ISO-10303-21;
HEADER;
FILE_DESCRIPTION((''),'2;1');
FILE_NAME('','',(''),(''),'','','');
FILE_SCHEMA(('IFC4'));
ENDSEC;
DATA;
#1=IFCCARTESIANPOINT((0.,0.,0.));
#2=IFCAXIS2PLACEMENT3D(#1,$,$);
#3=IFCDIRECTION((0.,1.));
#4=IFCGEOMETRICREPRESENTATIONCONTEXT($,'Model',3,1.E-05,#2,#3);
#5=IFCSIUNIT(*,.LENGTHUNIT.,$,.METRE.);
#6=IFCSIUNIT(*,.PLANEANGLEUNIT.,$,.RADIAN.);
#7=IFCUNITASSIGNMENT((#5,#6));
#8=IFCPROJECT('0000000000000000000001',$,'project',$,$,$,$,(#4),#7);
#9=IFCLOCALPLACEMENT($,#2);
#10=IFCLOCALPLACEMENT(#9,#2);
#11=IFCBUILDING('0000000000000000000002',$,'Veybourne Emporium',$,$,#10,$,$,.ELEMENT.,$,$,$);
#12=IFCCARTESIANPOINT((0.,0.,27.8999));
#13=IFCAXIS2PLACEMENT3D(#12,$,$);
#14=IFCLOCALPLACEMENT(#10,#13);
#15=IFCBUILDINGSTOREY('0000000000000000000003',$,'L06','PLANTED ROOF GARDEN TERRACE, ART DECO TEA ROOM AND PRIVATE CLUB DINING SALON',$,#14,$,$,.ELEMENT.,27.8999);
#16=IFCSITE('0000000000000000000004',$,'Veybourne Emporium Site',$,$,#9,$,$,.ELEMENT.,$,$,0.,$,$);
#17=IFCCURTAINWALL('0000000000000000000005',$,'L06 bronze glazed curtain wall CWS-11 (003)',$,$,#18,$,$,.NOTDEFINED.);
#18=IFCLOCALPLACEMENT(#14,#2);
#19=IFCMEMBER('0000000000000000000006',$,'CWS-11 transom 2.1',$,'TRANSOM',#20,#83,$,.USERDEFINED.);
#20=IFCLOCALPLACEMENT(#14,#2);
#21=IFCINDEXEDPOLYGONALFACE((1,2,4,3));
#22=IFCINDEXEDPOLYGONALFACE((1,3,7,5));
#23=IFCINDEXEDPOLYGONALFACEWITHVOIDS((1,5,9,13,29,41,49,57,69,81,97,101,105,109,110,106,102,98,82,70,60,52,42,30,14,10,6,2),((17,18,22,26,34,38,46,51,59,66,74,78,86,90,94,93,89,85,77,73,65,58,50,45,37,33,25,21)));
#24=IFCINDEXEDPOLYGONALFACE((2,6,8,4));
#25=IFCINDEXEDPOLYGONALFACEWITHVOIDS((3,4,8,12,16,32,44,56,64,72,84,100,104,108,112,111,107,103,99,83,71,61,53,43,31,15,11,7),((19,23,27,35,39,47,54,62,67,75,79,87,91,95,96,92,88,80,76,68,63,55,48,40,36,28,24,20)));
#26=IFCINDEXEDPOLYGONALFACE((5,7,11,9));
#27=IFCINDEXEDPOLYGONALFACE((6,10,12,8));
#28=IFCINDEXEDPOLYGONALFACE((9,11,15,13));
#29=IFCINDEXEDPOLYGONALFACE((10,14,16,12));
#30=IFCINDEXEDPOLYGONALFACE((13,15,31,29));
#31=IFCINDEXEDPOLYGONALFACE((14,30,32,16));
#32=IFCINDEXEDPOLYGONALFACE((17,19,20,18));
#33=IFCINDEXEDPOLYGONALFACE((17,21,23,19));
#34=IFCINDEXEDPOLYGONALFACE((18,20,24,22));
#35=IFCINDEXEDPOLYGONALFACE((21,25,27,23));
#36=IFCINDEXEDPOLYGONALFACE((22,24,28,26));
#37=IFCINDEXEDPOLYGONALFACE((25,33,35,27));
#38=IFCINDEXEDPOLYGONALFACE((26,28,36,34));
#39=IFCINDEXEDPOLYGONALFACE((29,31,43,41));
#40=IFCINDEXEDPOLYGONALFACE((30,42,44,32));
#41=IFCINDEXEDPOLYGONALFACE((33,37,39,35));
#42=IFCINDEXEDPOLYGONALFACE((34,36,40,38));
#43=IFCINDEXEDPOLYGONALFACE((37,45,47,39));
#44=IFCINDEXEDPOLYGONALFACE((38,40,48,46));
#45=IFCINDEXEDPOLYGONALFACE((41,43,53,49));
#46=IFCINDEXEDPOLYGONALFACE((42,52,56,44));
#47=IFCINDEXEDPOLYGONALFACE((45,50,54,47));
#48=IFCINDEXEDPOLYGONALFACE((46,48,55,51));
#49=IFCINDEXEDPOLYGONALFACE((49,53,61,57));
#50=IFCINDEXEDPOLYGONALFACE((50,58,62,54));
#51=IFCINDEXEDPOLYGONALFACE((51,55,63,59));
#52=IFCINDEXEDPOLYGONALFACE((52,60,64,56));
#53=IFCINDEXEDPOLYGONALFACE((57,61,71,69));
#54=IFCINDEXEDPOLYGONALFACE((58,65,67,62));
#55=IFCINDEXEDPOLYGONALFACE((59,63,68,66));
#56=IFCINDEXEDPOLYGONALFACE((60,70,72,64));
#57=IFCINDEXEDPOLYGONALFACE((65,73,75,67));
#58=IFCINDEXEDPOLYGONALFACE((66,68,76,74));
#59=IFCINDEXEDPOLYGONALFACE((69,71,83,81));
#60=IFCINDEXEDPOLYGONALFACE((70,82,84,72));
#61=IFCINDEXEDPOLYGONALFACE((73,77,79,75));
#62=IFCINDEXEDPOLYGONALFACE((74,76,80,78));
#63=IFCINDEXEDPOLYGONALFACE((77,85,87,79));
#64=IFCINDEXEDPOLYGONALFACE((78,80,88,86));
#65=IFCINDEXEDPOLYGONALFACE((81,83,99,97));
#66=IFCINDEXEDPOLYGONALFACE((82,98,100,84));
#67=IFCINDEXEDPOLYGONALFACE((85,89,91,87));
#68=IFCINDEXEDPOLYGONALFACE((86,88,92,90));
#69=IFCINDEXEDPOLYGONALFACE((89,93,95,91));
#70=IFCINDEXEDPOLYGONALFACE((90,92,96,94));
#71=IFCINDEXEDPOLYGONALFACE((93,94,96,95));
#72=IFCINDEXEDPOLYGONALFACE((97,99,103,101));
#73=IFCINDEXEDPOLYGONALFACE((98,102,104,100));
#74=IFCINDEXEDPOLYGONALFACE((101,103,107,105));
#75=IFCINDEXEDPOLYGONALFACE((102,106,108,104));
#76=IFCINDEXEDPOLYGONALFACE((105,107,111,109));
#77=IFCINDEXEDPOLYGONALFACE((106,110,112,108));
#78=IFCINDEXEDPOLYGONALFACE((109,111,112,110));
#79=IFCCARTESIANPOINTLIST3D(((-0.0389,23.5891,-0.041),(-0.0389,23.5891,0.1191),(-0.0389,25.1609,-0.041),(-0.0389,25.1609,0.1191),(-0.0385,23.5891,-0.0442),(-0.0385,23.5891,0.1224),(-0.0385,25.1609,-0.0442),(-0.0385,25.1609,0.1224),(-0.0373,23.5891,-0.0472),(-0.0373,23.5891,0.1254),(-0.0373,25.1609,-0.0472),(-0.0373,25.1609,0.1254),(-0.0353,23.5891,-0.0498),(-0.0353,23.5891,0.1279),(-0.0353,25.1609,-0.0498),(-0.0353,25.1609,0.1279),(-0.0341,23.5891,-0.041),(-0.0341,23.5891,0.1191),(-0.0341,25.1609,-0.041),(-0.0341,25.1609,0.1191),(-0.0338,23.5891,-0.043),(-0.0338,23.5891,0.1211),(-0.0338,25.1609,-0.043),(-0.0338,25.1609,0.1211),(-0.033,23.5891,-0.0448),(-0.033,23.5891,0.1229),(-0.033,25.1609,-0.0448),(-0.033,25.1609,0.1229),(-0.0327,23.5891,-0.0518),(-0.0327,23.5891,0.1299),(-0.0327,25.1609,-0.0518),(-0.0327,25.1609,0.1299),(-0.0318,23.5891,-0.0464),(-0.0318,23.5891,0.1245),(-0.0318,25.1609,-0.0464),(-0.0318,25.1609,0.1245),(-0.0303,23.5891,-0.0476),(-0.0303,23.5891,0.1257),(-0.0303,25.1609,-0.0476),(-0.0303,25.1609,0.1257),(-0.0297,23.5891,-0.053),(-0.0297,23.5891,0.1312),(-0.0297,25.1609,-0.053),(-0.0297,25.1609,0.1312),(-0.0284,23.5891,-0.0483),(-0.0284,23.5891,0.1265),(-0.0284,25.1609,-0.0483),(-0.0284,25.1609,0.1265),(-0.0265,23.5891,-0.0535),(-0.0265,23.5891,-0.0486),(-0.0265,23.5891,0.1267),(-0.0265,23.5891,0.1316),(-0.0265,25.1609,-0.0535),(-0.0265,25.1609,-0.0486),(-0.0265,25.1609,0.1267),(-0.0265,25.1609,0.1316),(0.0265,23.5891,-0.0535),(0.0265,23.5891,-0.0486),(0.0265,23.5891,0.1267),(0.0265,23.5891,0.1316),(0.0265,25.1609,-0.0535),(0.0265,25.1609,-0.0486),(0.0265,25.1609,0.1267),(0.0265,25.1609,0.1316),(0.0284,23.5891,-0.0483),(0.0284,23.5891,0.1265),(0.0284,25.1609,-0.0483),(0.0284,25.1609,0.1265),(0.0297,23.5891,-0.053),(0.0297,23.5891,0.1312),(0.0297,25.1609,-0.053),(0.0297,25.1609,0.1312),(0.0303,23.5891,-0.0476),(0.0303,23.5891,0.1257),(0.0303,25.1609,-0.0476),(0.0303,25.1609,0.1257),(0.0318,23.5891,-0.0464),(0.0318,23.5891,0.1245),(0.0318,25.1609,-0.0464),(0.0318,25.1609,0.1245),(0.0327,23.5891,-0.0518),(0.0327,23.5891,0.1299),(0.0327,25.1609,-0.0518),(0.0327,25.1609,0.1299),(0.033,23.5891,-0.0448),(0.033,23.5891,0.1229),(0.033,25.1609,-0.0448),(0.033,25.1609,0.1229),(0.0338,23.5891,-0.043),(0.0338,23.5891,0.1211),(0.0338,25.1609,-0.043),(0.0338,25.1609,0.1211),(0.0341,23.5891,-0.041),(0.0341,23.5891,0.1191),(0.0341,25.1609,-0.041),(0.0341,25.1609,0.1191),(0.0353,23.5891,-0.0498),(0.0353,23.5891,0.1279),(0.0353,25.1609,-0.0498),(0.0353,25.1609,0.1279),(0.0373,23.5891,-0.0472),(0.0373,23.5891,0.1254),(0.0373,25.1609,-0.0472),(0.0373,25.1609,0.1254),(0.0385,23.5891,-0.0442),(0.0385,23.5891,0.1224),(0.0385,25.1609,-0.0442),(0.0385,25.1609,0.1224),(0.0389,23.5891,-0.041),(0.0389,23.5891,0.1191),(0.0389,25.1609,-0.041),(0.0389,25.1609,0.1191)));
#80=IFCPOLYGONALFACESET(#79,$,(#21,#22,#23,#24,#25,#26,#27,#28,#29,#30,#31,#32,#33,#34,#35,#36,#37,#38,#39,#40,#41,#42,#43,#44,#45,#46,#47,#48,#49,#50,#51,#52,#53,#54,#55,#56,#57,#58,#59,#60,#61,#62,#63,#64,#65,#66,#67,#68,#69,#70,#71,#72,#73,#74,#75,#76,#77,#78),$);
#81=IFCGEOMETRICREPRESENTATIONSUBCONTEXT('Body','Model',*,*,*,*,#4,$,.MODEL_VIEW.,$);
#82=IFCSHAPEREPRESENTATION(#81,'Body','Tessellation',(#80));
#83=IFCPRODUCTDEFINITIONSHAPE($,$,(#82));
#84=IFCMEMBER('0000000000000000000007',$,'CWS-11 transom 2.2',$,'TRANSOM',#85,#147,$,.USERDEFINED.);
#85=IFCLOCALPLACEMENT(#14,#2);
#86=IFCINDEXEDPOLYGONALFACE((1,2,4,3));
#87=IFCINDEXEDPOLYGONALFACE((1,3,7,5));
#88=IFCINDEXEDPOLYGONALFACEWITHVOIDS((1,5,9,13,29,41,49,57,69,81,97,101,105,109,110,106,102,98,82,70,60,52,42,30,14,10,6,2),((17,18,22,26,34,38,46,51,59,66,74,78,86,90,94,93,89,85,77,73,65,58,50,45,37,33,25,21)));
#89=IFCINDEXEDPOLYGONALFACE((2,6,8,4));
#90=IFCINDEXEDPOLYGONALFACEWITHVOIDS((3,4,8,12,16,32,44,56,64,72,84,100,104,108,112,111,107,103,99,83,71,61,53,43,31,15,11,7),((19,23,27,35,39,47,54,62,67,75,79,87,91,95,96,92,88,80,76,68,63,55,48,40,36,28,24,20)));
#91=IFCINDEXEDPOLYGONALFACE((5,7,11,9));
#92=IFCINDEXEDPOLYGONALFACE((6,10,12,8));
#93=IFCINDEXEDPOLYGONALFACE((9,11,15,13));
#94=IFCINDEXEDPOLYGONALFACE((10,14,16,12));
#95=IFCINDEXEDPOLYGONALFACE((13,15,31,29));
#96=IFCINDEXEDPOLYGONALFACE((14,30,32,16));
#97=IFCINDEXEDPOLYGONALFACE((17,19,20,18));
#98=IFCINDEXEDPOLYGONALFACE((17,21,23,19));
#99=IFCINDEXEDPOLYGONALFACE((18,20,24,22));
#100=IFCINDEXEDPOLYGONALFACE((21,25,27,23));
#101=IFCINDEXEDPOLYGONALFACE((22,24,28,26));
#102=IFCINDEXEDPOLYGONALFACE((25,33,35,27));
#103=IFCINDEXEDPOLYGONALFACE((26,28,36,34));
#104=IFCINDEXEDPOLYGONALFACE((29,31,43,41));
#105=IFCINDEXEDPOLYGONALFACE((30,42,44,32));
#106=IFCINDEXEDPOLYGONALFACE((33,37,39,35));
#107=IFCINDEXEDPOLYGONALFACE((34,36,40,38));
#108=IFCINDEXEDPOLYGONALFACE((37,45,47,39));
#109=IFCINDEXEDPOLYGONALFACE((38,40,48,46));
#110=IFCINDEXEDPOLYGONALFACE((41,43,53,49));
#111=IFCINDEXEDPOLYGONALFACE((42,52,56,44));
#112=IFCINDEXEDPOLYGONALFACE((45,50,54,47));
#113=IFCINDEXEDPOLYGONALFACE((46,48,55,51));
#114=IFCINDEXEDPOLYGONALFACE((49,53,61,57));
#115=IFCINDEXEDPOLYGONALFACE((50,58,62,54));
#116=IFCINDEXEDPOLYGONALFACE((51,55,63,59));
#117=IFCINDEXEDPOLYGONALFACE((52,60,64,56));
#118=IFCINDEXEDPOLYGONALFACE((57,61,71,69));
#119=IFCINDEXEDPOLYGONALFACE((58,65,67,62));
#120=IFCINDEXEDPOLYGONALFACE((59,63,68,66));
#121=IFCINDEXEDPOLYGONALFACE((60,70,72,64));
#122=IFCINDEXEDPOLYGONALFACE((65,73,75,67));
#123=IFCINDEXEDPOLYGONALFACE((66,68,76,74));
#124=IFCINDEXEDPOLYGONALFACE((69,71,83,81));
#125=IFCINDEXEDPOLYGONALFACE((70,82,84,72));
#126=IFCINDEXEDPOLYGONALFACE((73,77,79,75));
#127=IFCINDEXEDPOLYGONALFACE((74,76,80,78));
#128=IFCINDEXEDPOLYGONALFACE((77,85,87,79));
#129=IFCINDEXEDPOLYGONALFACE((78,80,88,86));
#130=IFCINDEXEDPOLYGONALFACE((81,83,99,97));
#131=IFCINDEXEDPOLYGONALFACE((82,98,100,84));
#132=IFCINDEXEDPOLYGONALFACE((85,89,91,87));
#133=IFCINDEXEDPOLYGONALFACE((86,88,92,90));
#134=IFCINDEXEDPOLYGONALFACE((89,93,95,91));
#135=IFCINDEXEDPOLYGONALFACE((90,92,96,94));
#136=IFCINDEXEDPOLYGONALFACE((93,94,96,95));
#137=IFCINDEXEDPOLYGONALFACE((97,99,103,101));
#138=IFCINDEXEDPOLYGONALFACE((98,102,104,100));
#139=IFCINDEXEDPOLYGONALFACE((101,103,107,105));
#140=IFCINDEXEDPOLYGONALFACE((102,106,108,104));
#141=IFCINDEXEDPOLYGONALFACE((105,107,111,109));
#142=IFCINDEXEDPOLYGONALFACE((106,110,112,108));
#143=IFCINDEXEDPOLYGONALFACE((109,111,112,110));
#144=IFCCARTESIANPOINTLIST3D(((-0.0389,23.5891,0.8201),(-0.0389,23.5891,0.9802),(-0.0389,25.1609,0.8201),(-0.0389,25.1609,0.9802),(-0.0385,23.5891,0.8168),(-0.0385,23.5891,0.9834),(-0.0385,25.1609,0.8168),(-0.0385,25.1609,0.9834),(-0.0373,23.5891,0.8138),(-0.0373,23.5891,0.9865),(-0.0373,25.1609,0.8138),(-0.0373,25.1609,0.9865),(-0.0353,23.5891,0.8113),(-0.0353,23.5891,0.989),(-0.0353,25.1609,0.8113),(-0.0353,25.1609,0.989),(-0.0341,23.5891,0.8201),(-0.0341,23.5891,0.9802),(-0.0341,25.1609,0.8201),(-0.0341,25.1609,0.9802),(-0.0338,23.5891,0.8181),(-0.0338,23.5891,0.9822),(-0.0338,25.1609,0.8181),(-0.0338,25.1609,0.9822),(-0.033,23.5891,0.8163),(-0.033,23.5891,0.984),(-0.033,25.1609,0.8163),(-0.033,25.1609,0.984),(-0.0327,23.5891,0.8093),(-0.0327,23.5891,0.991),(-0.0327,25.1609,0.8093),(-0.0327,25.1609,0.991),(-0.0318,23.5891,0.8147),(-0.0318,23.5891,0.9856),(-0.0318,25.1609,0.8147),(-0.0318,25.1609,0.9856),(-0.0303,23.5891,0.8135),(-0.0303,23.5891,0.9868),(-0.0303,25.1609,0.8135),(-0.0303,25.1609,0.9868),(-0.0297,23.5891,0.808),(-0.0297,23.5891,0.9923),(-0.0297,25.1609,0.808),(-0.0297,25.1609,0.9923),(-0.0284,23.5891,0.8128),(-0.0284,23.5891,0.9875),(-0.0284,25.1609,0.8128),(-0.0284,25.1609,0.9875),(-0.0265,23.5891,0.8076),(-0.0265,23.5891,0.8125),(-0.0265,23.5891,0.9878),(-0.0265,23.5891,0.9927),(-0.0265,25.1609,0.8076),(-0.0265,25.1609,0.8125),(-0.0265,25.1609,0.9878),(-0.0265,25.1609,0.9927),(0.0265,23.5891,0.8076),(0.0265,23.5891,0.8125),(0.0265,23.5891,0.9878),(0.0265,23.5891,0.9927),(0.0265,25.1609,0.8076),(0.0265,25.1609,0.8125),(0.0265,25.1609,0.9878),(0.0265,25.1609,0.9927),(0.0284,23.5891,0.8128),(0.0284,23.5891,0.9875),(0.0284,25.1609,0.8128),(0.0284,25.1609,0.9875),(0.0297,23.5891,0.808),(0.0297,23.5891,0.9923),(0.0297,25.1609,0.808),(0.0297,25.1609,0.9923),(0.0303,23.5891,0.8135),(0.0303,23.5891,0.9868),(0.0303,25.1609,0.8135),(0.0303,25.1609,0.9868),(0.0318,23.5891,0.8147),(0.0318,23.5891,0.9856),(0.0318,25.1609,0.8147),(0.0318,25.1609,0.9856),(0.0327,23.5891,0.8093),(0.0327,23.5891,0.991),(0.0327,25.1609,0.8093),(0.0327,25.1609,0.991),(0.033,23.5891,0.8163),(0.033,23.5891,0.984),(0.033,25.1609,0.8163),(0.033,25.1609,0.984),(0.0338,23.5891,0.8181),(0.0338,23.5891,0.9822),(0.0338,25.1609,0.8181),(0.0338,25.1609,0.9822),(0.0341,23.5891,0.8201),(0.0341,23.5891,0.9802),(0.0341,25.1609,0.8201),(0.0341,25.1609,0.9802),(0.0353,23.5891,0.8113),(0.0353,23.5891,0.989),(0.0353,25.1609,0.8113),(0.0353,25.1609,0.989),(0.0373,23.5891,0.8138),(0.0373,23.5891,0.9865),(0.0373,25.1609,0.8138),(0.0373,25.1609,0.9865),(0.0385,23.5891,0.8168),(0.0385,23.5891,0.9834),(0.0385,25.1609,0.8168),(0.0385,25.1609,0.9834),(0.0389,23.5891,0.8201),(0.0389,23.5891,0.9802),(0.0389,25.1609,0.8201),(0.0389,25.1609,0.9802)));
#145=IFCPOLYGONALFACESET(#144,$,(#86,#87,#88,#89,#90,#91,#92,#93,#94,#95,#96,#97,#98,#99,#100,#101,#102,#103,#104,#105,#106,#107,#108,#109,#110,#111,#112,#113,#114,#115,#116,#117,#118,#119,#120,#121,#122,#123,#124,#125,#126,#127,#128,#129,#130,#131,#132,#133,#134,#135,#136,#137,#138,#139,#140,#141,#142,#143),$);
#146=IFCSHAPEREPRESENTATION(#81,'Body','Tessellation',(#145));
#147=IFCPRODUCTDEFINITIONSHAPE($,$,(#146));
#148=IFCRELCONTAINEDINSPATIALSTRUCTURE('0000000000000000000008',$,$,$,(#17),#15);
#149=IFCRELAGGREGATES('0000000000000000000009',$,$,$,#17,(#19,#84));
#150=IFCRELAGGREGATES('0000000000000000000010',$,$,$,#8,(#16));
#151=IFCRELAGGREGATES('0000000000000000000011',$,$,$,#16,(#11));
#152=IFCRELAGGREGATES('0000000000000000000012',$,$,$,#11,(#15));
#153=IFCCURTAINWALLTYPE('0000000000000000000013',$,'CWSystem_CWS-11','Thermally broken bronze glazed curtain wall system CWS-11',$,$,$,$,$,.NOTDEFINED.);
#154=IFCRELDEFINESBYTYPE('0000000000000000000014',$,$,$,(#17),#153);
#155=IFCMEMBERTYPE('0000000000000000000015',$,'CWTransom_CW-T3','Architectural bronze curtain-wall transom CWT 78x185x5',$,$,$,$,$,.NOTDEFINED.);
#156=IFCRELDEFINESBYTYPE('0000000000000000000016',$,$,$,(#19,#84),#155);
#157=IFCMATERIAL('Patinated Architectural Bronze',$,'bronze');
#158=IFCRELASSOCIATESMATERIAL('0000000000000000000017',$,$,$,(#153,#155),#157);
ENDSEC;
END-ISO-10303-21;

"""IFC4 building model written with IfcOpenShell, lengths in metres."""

from ifc_helpers import new_model, si_unit, direction, frame, origin, origin_2d, place, context, subcontext, project, spatial, hollow_rectangle, extrude, material, material_profile, profile_set, type_object, element, aggregate, save


model = new_model("IFC4")

# Units and contexts
model_context = context("Model", 3, precision=1e-05, world=origin(), true_north=direction((0.0, 1.0)))
body_context = subcontext(model_context, "Body", "Model", "MODEL_VIEW")
ifc_project = project(units=[si_unit("LENGTHUNIT", "METRE"), si_unit("PLANEANGLEUNIT", "RADIAN")], contexts=[model_context])

# Site, building, storey
site_placement = place(None, origin())
site = spatial("IfcSite", under=ifc_project, at=site_placement, Name="Veybourne Emporium Site", CompositionType="ELEMENT", RefElevation=0.0)
building_placement = place(site_placement, origin())
building = spatial("IfcBuilding", under=site, at=building_placement, Name="Veybourne Emporium", CompositionType="ELEMENT")
storey_placement = place(building_placement, frame((0.0, 0.0, 27.8999)))
storey = spatial("IfcBuildingStorey", under=building, at=storey_placement, Name="L06", Description="PLANTED ROOF GARDEN TERRACE, ART DECO TEA ROOM AND PRIVATE CLUB DINING SALON", CompositionType="ELEMENT", Elevation=27.8999)

# Curtain wall, members
ifc_material_1 = material(Name="Patinated Architectural Bronze", Category="bronze")
curtain_wall_type = type_object("IfcCurtainWallType", Name="CWSystem_CWS-11", Description="Thermally broken bronze glazed curtain wall system CWS-11", PredefinedType="NOTDEFINED", material=ifc_material_1)
curtain_wall_placement = place(storey_placement, origin())
curtain_wall = element("IfcCurtainWall", 1, at=curtain_wall_placement, inside=storey, type_object=curtain_wall_type, Name="L06 bronze glazed curtain wall CWS-11 (003)", PredefinedType="NOTDEFINED")
ifc_material_profile_1 = material_profile(ifc_material_1, hollow_rectangle(XDim=0.0779, YDim=0.1851, WallThickness=0.0049, InnerFilletRadius=0.0076, OuterFilletRadius=0.0125, at=origin_2d()), Name="CWT 78x185x5")
ifc_profile_set_1 = profile_set([ifc_material_profile_1], Name="Patinated Architectural Bronze")
member_type_1 = type_object("IfcMemberType", Name="CWTransom_CW-T3", Description="Architectural bronze curtain-wall transom CWT 78x185x5", PredefinedType="NOTDEFINED", material=ifc_profile_set_1)
member_1_placement = place(storey_placement, frame((0.0, 23.5891, 0.0391), z_axis=(0.0, 1.0, 0.0), x_axis=(-1.0, 0.0, 0.0)))
member_1 = element("IfcMember", 2, at=member_1_placement, type_object=member_type_1, Name="CWS-11 transom 2.1", ObjectType="TRANSOM", PredefinedType="USERDEFINED", context=body_context, shape_type="SweptSolid", body=[
    extrude(hollow_rectangle(XDim=0.0779, YDim=0.1851, WallThickness=0.0049, InnerFilletRadius=0.0076, OuterFilletRadius=0.0125, at=origin_2d()), origin(), (0.0, 0.0, 1.0), 1.5718),
])
member_2_placement = place(storey_placement, frame((0.0, 23.5891, 0.9001), z_axis=(0.0, 1.0, 0.0), x_axis=(-1.0, 0.0, 0.0)))
member_2 = element("IfcMember", 3, at=member_2_placement, type_object=member_type_1, Name="CWS-11 transom 2.2", ObjectType="TRANSOM", PredefinedType="USERDEFINED", context=body_context, shape_type="SweptSolid", body=[
    extrude(hollow_rectangle(XDim=0.0779, YDim=0.1851, WallThickness=0.0049, InnerFilletRadius=0.0076, OuterFilletRadius=0.0125, at=origin_2d()), origin(), (0.0, 0.0, 1.0), 1.5718),
])
aggregate(curtain_wall, [member_1, member_2])

save(model, "model.ifc")
